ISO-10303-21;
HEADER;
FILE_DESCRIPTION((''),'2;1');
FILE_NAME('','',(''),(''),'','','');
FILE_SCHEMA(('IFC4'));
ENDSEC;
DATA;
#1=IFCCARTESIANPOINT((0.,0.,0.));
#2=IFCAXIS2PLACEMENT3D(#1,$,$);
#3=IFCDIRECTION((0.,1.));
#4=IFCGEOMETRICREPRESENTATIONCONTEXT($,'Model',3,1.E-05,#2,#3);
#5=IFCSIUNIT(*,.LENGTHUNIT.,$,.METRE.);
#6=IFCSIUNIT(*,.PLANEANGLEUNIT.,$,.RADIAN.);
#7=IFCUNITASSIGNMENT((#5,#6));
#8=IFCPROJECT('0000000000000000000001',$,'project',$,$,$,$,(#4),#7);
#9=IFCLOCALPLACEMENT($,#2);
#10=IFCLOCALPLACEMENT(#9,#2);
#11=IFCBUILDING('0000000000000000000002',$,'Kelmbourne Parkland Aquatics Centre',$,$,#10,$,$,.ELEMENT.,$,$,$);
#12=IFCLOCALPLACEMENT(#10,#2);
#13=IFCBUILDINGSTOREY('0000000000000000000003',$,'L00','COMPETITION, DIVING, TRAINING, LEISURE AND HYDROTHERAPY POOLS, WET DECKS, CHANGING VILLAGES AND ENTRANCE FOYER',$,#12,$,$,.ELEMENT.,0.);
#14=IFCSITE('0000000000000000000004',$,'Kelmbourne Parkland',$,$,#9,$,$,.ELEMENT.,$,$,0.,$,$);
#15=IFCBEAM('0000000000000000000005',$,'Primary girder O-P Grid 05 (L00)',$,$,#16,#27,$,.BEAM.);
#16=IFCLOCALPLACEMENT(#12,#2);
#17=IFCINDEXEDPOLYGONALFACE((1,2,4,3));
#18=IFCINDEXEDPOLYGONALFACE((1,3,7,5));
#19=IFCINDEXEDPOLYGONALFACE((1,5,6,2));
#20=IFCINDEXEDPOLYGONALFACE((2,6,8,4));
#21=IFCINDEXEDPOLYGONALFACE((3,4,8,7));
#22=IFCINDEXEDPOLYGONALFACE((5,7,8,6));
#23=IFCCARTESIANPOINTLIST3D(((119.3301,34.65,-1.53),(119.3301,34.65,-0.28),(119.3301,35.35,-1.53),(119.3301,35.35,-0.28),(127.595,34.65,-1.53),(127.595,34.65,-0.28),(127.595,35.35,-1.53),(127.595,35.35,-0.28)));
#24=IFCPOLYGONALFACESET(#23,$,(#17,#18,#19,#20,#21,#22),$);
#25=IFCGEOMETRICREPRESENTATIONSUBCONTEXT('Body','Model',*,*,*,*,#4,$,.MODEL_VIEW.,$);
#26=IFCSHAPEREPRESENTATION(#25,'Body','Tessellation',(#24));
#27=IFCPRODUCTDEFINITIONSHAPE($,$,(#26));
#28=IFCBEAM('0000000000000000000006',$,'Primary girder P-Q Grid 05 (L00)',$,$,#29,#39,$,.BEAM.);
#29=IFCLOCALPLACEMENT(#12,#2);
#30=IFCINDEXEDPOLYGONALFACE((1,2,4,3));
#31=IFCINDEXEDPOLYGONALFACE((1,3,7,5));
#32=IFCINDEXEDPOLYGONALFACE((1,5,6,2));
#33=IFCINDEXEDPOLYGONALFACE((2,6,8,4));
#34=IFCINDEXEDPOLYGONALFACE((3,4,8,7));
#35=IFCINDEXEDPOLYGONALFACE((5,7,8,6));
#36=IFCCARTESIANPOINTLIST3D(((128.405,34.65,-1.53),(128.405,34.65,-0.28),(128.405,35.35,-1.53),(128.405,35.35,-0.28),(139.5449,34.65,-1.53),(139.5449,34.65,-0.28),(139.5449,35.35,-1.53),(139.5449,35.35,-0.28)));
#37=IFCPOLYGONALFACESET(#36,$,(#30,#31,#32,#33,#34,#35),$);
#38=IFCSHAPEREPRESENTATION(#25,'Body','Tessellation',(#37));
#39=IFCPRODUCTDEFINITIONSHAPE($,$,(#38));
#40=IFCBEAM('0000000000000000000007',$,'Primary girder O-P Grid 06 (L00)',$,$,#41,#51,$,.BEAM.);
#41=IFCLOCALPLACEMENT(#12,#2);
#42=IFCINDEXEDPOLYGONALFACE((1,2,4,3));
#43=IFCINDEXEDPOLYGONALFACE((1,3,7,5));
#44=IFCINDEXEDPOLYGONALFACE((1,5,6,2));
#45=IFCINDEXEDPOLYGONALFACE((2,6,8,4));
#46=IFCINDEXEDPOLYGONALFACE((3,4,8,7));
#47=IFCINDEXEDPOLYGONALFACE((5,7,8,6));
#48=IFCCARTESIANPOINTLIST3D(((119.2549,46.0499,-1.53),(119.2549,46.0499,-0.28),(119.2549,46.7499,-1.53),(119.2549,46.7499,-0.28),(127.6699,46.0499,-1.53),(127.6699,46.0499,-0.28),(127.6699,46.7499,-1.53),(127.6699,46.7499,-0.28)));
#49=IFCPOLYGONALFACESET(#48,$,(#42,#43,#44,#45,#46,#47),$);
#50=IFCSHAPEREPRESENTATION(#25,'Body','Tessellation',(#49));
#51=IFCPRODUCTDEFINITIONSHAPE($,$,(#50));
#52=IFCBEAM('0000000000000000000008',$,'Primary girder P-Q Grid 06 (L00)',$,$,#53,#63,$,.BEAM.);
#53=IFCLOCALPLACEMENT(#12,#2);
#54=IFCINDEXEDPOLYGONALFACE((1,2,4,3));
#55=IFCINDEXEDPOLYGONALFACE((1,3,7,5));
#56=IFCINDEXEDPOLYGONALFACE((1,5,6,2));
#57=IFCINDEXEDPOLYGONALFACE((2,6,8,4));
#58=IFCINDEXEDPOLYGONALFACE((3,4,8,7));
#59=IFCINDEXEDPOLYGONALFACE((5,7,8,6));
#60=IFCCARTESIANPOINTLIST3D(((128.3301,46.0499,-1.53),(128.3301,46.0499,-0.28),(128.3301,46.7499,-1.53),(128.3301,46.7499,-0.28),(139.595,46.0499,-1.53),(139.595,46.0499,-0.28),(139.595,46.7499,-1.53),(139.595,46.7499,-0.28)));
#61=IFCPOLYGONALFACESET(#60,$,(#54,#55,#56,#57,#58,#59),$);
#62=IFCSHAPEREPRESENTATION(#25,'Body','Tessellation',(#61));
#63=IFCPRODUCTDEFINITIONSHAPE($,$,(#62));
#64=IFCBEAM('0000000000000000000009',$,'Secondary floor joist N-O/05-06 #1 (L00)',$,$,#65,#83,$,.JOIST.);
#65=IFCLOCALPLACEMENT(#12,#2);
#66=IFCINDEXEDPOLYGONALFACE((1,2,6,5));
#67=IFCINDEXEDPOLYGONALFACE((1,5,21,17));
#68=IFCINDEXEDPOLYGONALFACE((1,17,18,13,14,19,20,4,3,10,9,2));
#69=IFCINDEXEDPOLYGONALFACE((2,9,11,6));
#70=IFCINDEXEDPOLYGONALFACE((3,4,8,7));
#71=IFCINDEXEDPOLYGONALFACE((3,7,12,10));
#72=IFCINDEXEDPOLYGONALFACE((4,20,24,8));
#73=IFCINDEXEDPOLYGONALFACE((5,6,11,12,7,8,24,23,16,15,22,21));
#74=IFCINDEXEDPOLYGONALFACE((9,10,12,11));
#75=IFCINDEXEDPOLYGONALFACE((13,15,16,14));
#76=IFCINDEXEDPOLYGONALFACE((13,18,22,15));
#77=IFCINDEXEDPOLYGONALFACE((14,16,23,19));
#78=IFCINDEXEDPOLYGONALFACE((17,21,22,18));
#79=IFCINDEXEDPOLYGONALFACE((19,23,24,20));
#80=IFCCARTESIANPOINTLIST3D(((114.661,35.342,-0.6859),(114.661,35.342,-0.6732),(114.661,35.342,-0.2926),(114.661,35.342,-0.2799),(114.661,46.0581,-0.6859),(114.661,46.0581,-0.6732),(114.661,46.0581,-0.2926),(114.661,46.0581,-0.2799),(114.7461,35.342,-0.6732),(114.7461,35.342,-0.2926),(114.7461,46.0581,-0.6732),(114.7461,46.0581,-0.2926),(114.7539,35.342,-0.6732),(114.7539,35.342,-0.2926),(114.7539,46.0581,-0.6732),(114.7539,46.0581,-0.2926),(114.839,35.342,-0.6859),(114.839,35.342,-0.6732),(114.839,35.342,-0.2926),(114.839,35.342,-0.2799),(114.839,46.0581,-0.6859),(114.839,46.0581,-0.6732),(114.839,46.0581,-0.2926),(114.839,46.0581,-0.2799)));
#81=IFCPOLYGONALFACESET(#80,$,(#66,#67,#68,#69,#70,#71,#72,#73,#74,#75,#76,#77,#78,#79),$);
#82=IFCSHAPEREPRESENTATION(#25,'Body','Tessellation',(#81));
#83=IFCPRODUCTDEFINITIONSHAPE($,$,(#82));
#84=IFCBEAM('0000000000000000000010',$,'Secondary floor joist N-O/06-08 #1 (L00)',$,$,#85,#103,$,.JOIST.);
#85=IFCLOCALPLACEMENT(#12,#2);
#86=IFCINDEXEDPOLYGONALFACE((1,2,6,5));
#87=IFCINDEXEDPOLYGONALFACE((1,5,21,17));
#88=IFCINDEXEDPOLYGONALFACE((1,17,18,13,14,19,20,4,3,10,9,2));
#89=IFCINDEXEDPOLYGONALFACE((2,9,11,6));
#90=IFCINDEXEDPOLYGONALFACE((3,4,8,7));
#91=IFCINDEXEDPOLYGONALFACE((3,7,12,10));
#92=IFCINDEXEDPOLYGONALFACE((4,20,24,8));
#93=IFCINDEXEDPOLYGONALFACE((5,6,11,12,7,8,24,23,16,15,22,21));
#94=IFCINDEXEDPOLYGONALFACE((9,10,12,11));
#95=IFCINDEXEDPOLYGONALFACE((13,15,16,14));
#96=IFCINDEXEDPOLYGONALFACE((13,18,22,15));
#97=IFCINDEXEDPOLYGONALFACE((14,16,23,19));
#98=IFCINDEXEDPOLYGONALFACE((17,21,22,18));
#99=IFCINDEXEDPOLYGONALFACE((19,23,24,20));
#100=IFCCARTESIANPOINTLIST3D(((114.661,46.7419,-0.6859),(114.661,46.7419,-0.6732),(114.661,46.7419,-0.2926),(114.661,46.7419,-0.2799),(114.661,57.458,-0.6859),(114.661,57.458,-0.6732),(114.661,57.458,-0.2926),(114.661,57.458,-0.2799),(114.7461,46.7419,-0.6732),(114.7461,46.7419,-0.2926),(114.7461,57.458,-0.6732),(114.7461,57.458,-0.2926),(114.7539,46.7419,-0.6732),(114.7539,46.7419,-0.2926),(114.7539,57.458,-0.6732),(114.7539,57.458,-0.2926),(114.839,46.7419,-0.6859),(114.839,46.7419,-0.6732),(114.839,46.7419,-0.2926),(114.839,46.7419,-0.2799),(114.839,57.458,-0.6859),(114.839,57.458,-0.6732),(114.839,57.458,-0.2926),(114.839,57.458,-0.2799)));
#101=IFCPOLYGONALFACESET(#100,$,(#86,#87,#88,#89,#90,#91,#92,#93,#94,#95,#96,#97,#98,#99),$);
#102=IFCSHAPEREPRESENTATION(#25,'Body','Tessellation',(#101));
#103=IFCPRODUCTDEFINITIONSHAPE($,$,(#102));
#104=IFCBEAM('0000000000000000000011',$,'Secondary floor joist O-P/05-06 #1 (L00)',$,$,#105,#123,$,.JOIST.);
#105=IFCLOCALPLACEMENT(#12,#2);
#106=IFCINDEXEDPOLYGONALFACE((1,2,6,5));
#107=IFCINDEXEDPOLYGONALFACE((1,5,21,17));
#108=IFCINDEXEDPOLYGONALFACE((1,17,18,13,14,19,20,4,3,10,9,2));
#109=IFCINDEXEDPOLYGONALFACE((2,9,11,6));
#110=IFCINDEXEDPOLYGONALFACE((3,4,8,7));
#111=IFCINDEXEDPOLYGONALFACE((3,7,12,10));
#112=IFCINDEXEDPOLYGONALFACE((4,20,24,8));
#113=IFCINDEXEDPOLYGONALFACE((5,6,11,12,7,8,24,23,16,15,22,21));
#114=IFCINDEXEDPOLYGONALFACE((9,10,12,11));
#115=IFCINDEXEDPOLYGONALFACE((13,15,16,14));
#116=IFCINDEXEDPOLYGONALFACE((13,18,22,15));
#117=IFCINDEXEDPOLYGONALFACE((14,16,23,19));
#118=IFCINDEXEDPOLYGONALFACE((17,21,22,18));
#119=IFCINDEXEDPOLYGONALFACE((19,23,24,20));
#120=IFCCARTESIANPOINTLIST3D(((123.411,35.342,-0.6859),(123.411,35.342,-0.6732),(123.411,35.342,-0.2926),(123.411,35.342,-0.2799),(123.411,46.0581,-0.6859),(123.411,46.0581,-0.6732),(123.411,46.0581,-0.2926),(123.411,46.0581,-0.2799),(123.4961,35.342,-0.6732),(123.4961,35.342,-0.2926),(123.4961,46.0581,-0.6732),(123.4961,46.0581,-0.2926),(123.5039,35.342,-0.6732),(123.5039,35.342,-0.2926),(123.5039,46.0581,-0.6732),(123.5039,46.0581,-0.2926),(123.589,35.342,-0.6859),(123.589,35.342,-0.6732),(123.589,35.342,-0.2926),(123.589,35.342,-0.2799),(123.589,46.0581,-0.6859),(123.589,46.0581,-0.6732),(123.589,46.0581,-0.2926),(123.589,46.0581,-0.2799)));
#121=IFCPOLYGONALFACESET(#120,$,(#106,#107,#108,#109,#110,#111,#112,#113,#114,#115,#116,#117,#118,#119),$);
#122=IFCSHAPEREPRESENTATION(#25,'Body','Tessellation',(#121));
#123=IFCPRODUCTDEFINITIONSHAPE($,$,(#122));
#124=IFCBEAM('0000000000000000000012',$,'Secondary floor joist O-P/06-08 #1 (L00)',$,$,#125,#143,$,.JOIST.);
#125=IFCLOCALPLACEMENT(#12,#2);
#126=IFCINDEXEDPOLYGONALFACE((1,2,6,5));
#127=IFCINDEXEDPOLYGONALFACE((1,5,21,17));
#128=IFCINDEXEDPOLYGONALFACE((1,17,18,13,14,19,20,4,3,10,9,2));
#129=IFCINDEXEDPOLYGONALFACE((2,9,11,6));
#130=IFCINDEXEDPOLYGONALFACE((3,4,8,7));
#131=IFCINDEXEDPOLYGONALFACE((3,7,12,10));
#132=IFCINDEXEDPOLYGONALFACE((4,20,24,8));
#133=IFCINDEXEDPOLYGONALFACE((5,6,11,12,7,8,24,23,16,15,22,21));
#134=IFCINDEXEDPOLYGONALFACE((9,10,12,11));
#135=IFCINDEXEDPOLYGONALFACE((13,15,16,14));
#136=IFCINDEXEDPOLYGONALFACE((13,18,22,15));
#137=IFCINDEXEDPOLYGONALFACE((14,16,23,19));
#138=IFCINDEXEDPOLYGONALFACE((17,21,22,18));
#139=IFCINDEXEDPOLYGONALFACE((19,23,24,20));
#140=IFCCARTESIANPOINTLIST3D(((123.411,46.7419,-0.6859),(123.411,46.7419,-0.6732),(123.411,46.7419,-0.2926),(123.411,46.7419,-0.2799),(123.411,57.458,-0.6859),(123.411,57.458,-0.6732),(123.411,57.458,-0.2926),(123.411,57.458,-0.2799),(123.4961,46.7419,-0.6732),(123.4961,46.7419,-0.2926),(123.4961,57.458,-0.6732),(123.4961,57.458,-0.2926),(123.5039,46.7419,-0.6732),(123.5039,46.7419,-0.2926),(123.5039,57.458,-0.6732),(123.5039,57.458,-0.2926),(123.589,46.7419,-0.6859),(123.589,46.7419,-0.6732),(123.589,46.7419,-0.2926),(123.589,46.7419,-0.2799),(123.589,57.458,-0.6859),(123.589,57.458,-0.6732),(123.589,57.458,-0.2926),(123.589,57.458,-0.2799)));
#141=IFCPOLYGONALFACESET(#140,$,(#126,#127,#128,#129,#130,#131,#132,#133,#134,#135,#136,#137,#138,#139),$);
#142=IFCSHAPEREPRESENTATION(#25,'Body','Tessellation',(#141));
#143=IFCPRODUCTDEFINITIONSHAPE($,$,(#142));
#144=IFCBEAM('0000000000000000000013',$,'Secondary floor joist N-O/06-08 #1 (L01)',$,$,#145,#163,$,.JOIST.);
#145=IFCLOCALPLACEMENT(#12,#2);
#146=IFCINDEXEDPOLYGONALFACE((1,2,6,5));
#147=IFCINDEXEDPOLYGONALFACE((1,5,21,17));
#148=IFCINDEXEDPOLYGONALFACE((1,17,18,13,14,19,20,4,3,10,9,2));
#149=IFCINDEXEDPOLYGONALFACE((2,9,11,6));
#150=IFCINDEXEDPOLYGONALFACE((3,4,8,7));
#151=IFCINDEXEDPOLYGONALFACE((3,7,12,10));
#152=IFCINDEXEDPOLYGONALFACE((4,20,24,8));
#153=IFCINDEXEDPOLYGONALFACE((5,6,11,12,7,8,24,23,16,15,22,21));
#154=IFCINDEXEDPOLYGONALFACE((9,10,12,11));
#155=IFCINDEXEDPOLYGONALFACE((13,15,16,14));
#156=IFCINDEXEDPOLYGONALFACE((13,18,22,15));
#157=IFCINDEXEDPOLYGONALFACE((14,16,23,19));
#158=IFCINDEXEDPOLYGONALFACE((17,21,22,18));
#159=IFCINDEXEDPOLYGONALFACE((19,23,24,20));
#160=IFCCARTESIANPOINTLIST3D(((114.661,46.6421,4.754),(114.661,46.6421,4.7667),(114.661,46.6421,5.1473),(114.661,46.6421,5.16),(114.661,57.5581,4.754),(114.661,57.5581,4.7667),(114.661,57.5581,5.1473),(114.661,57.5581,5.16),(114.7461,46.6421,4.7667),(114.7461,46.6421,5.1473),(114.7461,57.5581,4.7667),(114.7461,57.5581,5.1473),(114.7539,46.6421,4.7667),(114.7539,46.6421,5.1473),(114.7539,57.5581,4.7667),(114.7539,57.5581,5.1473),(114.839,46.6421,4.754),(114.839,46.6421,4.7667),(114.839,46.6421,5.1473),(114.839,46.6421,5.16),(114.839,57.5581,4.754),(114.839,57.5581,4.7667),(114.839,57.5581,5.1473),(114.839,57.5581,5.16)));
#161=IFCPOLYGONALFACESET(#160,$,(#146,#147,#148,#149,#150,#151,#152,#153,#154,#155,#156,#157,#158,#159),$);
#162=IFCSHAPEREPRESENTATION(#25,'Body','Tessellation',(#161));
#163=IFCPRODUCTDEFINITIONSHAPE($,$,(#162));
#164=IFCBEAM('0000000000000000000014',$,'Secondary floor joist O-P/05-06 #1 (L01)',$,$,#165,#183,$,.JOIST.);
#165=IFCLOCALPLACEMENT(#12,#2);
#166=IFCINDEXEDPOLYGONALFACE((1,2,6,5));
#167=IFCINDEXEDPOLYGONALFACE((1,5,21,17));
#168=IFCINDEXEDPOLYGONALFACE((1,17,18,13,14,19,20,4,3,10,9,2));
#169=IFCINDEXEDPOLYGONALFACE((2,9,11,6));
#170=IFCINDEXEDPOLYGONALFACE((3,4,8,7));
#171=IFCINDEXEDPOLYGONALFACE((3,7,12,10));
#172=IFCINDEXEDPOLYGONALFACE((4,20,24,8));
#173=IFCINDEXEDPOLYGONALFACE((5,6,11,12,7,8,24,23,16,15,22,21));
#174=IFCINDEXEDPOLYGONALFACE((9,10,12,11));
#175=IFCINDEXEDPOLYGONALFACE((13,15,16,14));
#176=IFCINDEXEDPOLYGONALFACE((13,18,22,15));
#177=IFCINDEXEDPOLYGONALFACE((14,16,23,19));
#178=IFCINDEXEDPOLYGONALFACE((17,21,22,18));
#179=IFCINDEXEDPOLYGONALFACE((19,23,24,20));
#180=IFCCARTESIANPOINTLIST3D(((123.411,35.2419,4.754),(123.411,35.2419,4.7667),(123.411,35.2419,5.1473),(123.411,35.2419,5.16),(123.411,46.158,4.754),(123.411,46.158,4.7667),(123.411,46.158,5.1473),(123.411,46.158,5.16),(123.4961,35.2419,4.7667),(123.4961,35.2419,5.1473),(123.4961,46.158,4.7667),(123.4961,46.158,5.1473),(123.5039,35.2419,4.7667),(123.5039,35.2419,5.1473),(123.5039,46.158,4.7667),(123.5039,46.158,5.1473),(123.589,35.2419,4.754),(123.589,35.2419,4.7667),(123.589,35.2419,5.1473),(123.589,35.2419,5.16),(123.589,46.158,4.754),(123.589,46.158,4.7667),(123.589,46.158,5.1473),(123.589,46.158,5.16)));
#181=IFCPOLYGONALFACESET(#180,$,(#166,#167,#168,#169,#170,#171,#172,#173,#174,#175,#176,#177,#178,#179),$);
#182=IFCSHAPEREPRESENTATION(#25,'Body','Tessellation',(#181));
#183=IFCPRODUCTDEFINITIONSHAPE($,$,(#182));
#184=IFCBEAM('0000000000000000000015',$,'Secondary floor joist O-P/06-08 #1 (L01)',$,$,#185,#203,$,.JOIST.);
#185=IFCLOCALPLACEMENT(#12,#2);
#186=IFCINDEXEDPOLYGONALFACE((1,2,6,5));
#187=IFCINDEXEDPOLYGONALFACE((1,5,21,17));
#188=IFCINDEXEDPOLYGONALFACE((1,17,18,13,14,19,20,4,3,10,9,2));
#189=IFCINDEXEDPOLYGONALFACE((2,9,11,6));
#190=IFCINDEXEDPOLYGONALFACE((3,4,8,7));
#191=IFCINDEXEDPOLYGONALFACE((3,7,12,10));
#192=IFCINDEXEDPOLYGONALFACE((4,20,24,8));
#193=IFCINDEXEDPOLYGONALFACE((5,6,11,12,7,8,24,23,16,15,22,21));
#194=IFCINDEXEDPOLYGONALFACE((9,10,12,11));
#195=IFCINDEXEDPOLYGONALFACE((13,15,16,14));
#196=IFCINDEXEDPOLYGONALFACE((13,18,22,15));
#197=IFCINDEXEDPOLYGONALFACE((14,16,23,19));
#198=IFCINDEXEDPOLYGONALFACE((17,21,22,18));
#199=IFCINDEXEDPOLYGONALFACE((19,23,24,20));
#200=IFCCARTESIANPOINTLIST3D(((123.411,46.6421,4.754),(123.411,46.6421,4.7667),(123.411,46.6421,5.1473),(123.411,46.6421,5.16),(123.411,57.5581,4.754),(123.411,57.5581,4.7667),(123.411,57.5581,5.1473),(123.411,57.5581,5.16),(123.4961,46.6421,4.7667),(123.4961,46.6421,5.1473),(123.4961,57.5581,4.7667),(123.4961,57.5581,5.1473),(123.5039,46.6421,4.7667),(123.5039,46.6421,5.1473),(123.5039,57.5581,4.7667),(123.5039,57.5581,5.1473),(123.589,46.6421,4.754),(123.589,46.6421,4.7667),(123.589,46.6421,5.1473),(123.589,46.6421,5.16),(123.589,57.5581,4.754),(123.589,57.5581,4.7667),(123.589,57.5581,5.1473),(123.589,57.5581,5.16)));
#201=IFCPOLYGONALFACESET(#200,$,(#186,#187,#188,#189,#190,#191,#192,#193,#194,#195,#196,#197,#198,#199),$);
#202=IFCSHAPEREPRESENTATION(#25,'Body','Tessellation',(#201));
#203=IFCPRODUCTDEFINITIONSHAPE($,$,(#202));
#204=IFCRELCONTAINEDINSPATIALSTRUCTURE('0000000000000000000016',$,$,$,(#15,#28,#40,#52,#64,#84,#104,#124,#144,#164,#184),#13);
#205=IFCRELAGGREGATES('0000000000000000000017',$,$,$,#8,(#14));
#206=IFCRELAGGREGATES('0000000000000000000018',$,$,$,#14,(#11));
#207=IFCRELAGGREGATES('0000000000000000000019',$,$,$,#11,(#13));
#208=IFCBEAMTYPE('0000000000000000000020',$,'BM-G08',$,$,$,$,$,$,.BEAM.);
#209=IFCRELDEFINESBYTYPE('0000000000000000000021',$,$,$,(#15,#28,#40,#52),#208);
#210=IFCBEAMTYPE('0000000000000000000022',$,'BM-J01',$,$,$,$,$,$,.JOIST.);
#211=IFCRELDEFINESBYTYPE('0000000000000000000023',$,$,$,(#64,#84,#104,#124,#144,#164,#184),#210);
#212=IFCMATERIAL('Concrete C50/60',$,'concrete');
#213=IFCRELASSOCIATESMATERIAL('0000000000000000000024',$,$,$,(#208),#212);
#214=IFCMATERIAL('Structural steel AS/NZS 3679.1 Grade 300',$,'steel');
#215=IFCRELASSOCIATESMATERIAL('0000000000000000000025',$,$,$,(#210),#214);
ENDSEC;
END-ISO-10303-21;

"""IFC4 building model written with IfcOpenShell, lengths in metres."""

from ifc_helpers import new_model, si_unit, direction, frame, origin, origin_2d, place, context, subcontext, project, spatial, rectangle, i_section, extrude, material, material_profile, profile_set, type_object, element, save


model = new_model("IFC4")

# Units and contexts
model_context = context("Model", 3, precision=1e-05, world=origin(), true_north=direction((0.0, 1.0)))
body_context = subcontext(model_context, "Body", "Model", "MODEL_VIEW")
ifc_project = project(units=[si_unit("LENGTHUNIT", "METRE"), si_unit("PLANEANGLEUNIT", "RADIAN")], contexts=[model_context])

# Site, building, storey
site_placement = place(None, origin())
site = spatial("IfcSite", under=ifc_project, at=site_placement, Name="Kelmbourne Parkland", CompositionType="ELEMENT", RefElevation=0.0)
building_placement = place(site_placement, origin())
building = spatial("IfcBuilding", under=site, at=building_placement, Name="Kelmbourne Parkland Aquatics Centre", CompositionType="ELEMENT")
storey_placement = place(building_placement, origin())
storey = spatial("IfcBuildingStorey", under=building, at=storey_placement, Name="L00", Description="COMPETITION, DIVING, TRAINING, LEISURE AND HYDROTHERAPY POOLS, WET DECKS, CHANGING VILLAGES AND ENTRANCE FOYER", CompositionType="ELEMENT", Elevation=0.0)

# Shared definitions
ifc_material_1 = material(Name="Structural steel AS/NZS 3679.1 Grade 300", Category="steel")

# Beams
ifc_material_2 = material(Name="Concrete C50/60", Category="concrete")
ifc_material_profile_1 = material_profile(ifc_material_2, rectangle(XDim=0.7, YDim=1.25, at=origin_2d()), Name="RC 700x1250")
ifc_profile_set_1 = profile_set([ifc_material_profile_1], Name="Concrete C50/60")
beam_type_1 = type_object("IfcBeamType", Name="BM-G08", PredefinedType="BEAM", material=ifc_profile_set_1)
beam_1_placement = place(storey_placement, frame((119.3301, 35.0, -0.905), z_axis=(1.0, 0.0, 0.0), x_axis=(0.0, 1.0, 0.0)))
element("IfcBeam", 1, at=beam_1_placement, inside=storey, type_object=beam_type_1, Name="Primary girder O-P Grid 05 (L00)", PredefinedType="BEAM", context=body_context, shape_type="SweptSolid", body=[
    extrude(rectangle(XDim=0.7, YDim=1.25, at=origin_2d()), origin(), (0.0, 0.0, 1.0), 8.2649),
])
beam_2_placement = place(storey_placement, frame((128.405, 35.0, -0.905), z_axis=(1.0, 0.0, 0.0), x_axis=(0.0, 1.0, 0.0)))
element("IfcBeam", 2, at=beam_2_placement, inside=storey, type_object=beam_type_1, Name="Primary girder P-Q Grid 05 (L00)", PredefinedType="BEAM", context=body_context, shape_type="SweptSolid", body=[
    extrude(rectangle(XDim=0.7, YDim=1.25, at=origin_2d()), origin(), (0.0, 0.0, 1.0), 11.1399),
])
beam_3_placement = place(storey_placement, frame((119.2549, 46.3999, -0.905), z_axis=(1.0, 0.0, 0.0), x_axis=(0.0, 1.0, 0.0)))
element("IfcBeam", 3, at=beam_3_placement, inside=storey, type_object=beam_type_1, Name="Primary girder O-P Grid 06 (L00)", PredefinedType="BEAM", context=body_context, shape_type="SweptSolid", body=[
    extrude(rectangle(XDim=0.7, YDim=1.25, at=origin_2d()), origin(), (0.0, 0.0, 1.0), 8.415),
])
beam_4_placement = place(storey_placement, frame((128.3301, 46.3999, -0.905), z_axis=(1.0, 0.0, 0.0), x_axis=(0.0, 1.0, 0.0)))
element("IfcBeam", 4, at=beam_4_placement, inside=storey, type_object=beam_type_1, Name="Primary girder P-Q Grid 06 (L00)", PredefinedType="BEAM", context=body_context, shape_type="SweptSolid", body=[
    extrude(rectangle(XDim=0.7, YDim=1.25, at=origin_2d()), origin(), (0.0, 0.0, 1.0), 11.2649),
])
ifc_material_profile_2 = material_profile(ifc_material_1, i_section(OverallWidth=0.178, OverallDepth=0.406, WebThickness=0.0078, FlangeThickness=0.0127, at=origin_2d()), Name="410UB59.7")
ifc_profile_set_2 = profile_set([ifc_material_profile_2], Name="Structural steel AS/NZS 3679.1 Grade 300")
beam_type_2 = type_object("IfcBeamType", Name="BM-J01", PredefinedType="JOIST", material=ifc_profile_set_2)
for number, where, z_axis, x_axis, name in (
    (5, (114.75, 35.342, -0.4829), (0.0, 1.0, 0.0), (-1.0, 0.0, 0.0), "Secondary floor joist N-O/05-06 #1 (L00)"),
    (6, (114.75, 46.7419, -0.4829), (0.0, 1.0, 0.0), (-1.0, 0.0, 0.0), "Secondary floor joist N-O/06-08 #1 (L00)"),
    (7, (123.5, 35.342, -0.4829), (0.0, 1.0, 0.0), (-1.0, 0.0, 0.0), "Secondary floor joist O-P/05-06 #1 (L00)"),
    (8, (123.5, 46.7419, -0.4829), (0.0, 1.0, 0.0), (-1.0, 0.0, 0.0), "Secondary floor joist O-P/06-08 #1 (L00)"),
):
    element("IfcBeam", number, at=place(storey_placement, frame(where, z_axis=z_axis, x_axis=x_axis)), inside=storey, type_object=beam_type_2, Name=name, PredefinedType="JOIST", context=body_context, shape_type="SweptSolid", body=[
        extrude(i_section(OverallWidth=0.178, OverallDepth=0.406, WebThickness=0.0078, FlangeThickness=0.0127, at=origin_2d()), origin(), (0.0, 0.0, 1.0), 10.7161),
    ])
for number, where, z_axis, x_axis, name in (
    (9, (114.75, 46.6421, 4.957), (0.0, 1.0, 0.0), (-1.0, 0.0, 0.0), "Secondary floor joist N-O/06-08 #1 (L01)"),
    (10, (123.5, 35.2419, 4.957), (0.0, 1.0, 0.0), (-1.0, 0.0, 0.0), "Secondary floor joist O-P/05-06 #1 (L01)"),
    (11, (123.5, 46.6421, 4.957), (0.0, 1.0, 0.0), (-1.0, 0.0, 0.0), "Secondary floor joist O-P/06-08 #1 (L01)"),
):
    element("IfcBeam", number, at=place(storey_placement, frame(where, z_axis=z_axis, x_axis=x_axis)), inside=storey, type_object=beam_type_2, Name=name, PredefinedType="JOIST", context=body_context, shape_type="SweptSolid", body=[
        extrude(i_section(OverallWidth=0.178, OverallDepth=0.406, WebThickness=0.0078, FlangeThickness=0.0127, at=origin_2d()), origin(), (0.0, 0.0, 1.0), 10.916),
    ])

save(model, "model.ifc")
